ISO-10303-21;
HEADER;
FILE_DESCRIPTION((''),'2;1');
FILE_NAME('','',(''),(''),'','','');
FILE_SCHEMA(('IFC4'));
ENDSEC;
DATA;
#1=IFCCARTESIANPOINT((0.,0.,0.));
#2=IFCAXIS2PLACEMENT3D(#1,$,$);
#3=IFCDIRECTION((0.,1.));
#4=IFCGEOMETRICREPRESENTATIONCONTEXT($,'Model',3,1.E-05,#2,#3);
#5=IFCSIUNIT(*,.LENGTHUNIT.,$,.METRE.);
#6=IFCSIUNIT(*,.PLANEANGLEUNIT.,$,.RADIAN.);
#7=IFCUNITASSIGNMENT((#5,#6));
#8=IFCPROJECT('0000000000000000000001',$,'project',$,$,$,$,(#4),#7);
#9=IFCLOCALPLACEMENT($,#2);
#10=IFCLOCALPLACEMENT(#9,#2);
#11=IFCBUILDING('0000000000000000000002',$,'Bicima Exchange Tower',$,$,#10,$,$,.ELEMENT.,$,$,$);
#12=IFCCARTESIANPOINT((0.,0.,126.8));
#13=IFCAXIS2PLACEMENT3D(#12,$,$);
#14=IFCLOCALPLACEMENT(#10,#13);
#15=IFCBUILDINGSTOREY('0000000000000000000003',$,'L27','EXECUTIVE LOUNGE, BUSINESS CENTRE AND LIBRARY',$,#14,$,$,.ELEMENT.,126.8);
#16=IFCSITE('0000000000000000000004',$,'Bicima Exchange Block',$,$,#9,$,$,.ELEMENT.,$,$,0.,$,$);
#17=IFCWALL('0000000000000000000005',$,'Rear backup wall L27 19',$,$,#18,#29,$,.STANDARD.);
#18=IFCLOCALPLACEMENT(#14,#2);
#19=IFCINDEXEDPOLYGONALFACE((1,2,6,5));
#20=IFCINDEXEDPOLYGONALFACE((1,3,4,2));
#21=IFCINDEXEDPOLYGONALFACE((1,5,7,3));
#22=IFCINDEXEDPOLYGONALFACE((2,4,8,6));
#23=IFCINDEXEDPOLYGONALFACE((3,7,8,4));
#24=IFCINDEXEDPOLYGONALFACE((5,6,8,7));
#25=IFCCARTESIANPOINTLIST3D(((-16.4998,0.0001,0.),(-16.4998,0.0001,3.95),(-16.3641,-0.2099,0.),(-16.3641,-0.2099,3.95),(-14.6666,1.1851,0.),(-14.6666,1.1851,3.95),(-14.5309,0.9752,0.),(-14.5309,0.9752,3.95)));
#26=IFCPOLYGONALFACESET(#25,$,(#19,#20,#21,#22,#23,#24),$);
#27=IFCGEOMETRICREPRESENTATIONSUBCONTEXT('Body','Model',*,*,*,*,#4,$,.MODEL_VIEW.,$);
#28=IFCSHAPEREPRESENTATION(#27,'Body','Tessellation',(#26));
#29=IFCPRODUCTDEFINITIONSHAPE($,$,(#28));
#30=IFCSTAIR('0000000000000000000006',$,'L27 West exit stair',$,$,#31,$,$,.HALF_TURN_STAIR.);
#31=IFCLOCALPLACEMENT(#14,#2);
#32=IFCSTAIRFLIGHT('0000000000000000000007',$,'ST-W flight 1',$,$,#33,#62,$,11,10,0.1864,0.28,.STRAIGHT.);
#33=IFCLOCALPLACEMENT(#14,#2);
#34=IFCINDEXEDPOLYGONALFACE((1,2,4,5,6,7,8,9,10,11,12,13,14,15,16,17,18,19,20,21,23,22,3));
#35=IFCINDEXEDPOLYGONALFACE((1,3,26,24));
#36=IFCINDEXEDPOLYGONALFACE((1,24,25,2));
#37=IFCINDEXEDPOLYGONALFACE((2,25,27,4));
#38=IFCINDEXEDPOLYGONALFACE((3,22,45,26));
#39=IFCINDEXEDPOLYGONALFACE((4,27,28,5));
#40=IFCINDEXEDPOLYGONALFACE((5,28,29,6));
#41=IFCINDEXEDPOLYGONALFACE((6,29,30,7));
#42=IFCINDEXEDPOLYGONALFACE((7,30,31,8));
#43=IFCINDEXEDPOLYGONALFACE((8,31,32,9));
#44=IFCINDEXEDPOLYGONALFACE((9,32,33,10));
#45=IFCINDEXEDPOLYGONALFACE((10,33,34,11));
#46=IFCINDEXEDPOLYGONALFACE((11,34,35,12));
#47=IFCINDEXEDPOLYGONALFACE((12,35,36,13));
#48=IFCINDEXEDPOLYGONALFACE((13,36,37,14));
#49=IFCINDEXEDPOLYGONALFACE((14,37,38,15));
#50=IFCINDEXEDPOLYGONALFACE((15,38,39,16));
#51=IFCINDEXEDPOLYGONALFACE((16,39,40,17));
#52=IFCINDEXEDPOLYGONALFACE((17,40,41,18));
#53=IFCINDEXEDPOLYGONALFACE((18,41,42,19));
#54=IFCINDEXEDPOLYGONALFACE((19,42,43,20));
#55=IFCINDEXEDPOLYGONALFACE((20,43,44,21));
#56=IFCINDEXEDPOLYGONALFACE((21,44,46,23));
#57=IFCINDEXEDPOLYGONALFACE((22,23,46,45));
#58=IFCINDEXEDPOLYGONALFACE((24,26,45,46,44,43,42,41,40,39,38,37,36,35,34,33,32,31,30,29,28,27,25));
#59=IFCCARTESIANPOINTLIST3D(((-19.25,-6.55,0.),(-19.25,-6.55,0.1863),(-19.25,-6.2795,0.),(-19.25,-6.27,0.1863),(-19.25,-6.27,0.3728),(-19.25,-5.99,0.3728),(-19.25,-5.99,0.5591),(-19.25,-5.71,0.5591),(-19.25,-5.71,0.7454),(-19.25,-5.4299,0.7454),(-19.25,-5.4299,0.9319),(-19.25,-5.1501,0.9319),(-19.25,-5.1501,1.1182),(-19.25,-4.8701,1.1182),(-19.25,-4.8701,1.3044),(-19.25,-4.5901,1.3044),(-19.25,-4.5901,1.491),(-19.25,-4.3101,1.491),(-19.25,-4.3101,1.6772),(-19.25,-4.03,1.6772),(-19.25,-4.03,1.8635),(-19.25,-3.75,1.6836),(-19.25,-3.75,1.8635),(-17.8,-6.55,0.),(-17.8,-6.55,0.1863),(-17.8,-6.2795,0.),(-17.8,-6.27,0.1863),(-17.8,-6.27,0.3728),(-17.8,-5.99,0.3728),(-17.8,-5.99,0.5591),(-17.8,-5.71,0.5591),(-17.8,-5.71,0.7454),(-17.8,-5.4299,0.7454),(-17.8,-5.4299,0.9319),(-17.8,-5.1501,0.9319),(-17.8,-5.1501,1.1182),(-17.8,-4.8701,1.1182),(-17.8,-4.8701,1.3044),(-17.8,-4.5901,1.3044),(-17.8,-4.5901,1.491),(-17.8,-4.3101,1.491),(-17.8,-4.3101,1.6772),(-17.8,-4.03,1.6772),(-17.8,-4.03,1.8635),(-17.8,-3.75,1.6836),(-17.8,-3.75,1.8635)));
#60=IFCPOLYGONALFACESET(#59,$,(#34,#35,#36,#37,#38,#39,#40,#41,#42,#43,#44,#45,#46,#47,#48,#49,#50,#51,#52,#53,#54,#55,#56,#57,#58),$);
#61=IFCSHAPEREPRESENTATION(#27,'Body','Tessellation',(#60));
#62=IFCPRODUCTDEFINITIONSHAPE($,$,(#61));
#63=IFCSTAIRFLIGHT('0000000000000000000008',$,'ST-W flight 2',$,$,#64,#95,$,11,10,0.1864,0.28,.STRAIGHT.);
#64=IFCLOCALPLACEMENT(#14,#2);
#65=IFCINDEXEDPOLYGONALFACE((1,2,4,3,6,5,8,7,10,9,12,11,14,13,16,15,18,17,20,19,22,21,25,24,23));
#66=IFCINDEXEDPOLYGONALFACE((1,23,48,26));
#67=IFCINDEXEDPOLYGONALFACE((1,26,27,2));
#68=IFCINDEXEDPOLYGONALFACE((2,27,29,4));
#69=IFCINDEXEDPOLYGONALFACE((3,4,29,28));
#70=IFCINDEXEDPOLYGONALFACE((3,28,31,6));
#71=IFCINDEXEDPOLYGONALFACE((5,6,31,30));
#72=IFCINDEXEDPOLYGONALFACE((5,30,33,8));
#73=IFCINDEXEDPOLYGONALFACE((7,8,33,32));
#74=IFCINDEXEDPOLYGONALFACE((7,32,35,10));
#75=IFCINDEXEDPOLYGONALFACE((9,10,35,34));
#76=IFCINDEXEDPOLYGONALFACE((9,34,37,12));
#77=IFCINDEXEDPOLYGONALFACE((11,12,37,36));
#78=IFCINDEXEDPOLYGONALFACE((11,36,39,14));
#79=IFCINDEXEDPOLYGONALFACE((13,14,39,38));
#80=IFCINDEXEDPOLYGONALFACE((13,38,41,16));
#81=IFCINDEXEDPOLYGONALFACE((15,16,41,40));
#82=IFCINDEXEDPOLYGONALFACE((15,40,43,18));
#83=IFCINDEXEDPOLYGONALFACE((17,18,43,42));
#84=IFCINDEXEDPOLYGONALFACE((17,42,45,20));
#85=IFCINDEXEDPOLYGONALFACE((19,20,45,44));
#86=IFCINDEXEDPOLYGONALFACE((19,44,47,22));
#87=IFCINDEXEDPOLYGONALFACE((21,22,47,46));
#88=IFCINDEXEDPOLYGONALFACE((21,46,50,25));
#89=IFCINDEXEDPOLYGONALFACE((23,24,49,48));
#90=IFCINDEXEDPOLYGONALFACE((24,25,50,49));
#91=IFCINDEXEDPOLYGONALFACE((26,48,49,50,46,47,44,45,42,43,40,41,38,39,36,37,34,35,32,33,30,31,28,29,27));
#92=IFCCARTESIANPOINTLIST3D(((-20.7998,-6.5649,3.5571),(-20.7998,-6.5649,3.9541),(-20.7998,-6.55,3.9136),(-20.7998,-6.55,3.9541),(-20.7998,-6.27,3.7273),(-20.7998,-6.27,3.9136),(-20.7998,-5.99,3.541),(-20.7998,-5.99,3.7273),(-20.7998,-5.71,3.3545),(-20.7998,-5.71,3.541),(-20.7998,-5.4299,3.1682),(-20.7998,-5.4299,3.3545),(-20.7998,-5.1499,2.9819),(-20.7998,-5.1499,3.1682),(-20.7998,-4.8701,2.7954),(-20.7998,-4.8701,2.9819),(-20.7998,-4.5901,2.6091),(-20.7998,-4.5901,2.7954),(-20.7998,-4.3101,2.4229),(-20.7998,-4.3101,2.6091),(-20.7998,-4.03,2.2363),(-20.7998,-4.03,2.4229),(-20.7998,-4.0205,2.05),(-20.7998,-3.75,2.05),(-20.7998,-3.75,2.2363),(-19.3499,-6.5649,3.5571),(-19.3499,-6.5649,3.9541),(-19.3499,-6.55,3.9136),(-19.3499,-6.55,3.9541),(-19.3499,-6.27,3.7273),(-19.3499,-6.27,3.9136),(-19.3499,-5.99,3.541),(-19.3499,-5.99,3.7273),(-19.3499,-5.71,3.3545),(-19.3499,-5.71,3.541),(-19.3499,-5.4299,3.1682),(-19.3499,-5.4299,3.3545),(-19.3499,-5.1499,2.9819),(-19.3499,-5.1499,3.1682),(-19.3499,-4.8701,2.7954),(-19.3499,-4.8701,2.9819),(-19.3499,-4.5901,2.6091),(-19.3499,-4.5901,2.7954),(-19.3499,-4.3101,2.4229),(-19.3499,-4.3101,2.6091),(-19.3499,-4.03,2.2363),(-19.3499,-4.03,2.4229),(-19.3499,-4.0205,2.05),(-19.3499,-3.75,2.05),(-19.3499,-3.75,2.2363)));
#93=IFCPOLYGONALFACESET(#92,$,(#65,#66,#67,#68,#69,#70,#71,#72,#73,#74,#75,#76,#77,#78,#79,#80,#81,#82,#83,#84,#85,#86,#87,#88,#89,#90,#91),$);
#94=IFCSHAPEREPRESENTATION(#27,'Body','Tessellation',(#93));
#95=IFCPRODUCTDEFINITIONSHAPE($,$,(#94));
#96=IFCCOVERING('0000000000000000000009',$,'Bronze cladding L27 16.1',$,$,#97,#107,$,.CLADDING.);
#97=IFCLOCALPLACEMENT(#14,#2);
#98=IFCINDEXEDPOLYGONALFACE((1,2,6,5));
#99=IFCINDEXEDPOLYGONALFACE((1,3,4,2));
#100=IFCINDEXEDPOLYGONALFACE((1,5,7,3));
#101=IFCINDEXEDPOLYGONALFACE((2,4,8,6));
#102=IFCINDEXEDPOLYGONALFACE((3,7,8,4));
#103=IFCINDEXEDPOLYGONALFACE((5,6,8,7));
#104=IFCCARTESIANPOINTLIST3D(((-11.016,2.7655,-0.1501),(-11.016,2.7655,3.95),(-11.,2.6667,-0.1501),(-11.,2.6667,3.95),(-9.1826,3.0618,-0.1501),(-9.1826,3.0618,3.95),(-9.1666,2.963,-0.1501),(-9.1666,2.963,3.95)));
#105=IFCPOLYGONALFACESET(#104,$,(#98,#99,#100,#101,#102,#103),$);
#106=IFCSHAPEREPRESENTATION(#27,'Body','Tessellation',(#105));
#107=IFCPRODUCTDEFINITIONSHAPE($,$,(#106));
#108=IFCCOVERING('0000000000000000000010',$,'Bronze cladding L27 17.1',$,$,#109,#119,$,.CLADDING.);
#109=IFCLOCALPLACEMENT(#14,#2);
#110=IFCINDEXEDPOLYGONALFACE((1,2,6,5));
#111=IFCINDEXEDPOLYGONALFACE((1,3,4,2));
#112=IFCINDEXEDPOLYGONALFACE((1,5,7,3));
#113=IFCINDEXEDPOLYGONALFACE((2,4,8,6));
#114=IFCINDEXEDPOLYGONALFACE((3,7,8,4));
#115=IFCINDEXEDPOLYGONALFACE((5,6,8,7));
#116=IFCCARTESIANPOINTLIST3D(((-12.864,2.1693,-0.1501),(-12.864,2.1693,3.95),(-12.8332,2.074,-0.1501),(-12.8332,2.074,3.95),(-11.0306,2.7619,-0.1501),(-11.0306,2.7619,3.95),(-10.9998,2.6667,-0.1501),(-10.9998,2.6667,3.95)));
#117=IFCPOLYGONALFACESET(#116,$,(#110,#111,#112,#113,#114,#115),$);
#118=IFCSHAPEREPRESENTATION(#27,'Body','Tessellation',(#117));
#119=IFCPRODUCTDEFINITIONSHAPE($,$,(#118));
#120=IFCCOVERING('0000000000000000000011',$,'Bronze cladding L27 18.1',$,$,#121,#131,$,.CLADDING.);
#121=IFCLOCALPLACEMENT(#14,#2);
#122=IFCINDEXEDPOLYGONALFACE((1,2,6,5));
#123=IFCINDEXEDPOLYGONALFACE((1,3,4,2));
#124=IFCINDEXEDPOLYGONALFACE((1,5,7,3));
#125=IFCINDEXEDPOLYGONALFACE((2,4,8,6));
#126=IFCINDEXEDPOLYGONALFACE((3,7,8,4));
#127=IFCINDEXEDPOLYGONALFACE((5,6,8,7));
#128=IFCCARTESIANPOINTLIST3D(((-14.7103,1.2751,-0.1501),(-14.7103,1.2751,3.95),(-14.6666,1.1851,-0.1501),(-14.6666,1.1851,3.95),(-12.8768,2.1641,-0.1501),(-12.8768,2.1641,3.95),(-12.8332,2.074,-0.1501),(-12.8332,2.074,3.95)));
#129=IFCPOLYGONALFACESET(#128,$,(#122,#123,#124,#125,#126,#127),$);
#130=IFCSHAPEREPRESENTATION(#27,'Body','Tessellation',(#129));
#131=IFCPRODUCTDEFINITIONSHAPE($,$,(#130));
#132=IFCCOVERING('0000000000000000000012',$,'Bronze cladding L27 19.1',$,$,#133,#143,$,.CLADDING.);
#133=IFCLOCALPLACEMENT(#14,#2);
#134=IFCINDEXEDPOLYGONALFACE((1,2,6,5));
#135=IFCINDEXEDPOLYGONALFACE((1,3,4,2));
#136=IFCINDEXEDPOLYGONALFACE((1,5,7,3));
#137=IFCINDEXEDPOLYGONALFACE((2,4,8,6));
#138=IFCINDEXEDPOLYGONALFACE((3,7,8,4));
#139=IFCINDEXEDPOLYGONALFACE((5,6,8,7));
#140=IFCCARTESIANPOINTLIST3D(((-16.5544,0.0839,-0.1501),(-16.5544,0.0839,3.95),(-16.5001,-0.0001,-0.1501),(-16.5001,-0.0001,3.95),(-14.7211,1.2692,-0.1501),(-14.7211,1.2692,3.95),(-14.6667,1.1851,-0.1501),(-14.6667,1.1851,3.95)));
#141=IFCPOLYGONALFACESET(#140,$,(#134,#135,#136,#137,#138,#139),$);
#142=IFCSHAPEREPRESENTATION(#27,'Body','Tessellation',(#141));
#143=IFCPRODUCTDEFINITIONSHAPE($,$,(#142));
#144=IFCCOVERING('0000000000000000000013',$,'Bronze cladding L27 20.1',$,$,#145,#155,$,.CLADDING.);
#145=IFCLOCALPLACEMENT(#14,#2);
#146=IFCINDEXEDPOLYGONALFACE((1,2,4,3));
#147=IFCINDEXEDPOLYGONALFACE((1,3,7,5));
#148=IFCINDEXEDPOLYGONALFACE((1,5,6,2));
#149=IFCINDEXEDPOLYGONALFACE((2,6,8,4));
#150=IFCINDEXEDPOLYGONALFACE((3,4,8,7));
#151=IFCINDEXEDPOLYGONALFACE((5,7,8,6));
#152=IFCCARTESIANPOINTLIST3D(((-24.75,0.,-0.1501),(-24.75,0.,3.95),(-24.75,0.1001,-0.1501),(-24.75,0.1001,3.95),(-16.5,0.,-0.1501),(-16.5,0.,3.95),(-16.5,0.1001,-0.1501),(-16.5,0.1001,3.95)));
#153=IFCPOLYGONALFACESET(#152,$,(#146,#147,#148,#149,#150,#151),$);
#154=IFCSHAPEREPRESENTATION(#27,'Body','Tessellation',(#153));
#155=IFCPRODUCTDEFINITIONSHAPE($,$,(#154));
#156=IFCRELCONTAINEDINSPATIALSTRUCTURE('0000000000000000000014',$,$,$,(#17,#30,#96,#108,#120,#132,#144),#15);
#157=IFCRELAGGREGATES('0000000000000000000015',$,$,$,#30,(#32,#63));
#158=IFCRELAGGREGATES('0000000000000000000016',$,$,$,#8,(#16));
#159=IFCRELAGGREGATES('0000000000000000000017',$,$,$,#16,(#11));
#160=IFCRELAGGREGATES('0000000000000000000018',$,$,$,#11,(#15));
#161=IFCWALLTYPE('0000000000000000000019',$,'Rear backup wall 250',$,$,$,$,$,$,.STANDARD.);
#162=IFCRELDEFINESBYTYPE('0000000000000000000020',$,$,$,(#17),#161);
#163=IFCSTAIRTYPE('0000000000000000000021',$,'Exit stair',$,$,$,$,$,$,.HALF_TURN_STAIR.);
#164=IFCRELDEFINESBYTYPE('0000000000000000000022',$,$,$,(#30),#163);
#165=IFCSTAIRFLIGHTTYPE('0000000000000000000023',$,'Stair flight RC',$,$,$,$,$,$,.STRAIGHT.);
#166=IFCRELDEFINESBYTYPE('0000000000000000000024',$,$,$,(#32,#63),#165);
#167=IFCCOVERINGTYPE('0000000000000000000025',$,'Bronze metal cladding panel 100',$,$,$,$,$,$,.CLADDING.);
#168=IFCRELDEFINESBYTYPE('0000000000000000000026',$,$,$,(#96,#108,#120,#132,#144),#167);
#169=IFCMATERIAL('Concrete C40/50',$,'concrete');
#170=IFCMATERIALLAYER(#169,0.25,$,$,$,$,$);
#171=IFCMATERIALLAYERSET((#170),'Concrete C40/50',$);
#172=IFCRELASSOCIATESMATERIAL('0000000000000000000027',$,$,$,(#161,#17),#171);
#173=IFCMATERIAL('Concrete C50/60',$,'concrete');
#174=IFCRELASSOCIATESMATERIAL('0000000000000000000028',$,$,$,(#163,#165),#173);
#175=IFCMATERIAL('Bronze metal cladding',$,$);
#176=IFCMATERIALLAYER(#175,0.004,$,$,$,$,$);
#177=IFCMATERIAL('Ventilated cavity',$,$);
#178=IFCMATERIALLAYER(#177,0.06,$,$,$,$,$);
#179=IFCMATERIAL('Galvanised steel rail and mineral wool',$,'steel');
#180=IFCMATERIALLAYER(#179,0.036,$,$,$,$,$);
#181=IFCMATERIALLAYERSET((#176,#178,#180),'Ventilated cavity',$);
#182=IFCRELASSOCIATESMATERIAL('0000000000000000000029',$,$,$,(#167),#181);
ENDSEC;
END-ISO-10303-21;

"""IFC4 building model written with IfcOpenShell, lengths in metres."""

from ifc_helpers import new_model, si_unit, direction, frame, frame_2d, origin, origin_2d, place, context, subcontext, project, spatial, polyline, rectangle, outline, extrude, material, layer, layer_set, layer_usage, type_object, element, aggregate, save


model = new_model("IFC4")

# Units and contexts
model_context = context("Model", 3, precision=1e-05, world=origin(), true_north=direction((0.0, 1.0)))
body_context = subcontext(model_context, "Body", "Model", "MODEL_VIEW")
ifc_project = project(units=[si_unit("LENGTHUNIT", "METRE"), si_unit("PLANEANGLEUNIT", "RADIAN")], contexts=[model_context])

# Site, building, storey
site_placement = place(None, origin())
site = spatial("IfcSite", under=ifc_project, at=site_placement, Name="Bicima Exchange Block", CompositionType="ELEMENT", RefElevation=0.0)
building_placement = place(site_placement, origin())
building = spatial("IfcBuilding", under=site, at=building_placement, Name="Bicima Exchange Tower", CompositionType="ELEMENT")
storey_placement = place(building_placement, frame((0.0, 0.0, 126.8)))
storey = spatial("IfcBuildingStorey", under=building, at=storey_placement, Name="L27", Description="EXECUTIVE LOUNGE, BUSINESS CENTRE AND LIBRARY", CompositionType="ELEMENT", Elevation=126.8)

# Shared definitions
ifc_material_1 = material(Name="Concrete C50/60", Category="concrete")

# Wall
ifc_material_2 = material(Name="Concrete C40/50", Category="concrete")
ifc_layer_1 = layer(ifc_material_2, 0.25)
ifc_layer_set_1 = layer_set([ifc_layer_1], Name="Concrete C40/50")
ifc_layer_usage = layer_usage(ifc_layer_set_1, "AXIS2", "POSITIVE", -0.125)
wall_type_1 = type_object("IfcWallType", Name="Rear backup wall 250", PredefinedType="STANDARD", material=ifc_layer_set_1)
wall_1_placement = place(storey_placement, frame((-14.5989, 1.0801, 0.0), z_axis=(0.0, 0.0, 1.0), x_axis=(-0.839813, -0.542876, 0.0)))
element("IfcWall", 1, at=wall_1_placement, inside=storey, type_object=wall_type_1, material=ifc_layer_usage, Name="Rear backup wall L27 19", PredefinedType="STANDARD", context=body_context, shape_type="SweptSolid", body=[
    extrude(rectangle(XDim=2.1829, YDim=0.25, at=frame_2d((1.0913, 0.0))), origin(), (0.0, 0.0, 1.0), 3.95),
])

# Stair, stair flights
stair_type = type_object("IfcStairType", Name="Exit stair", PredefinedType="HALF_TURN_STAIR", material=ifc_material_1)
stair_placement = place(storey_placement, origin())
stair = element("IfcStair", 2, at=stair_placement, inside=storey, type_object=stair_type, Name="L27 West exit stair", PredefinedType="HALF_TURN_STAIR")
stair_flight_type = type_object("IfcStairFlightType", Name="Stair flight RC", PredefinedType="STRAIGHT", material=ifc_material_1)
stair_flight_1_placement = place(storey_placement, frame((-18.5249, -6.55, 0.0), z_axis=(0.0, 0.0, 1.0), x_axis=(0.0, 1.0, 0.0)))
stair_flight_1 = element("IfcStairFlight", 3, at=stair_flight_1_placement, type_object=stair_flight_type, Name="ST-W flight 1", NumberOfRisers=11, NumberOfTreads=10, PredefinedType="STRAIGHT", RiserHeight=0.1864, TreadLength=0.28, context=body_context, shape_type="SweptSolid", body=[
    extrude(outline(polyline([(0.0, 0.0), (0.0, 0.1863), (0.28, 0.1863), (0.28, 0.3728), (0.5601, 0.3728), (0.5601, 0.5591), (0.8401, 0.5591), (0.8401, 0.7454), (1.1201, 0.7454), (1.1201, 0.9319), (1.3999, 0.9319), (1.3999, 1.1182), (1.6799, 1.1182), (1.6799, 1.3044), (1.96, 1.3044), (1.96, 1.491), (2.24, 1.491), (2.24, 1.6772), (2.52, 1.6772), (2.52, 1.8635), (2.8, 1.8635), (2.8, 2.05), (2.8, 1.6836), (0.2705, 0.0), (0.0, 0.0)])), frame((0.0, 0.7251, 0.0), z_axis=(0.0, -1.0, 0.0), x_axis=(1.0, 0.0, 0.0)), (0.0, 0.0, 1.0), 1.45),
])
stair_flight_2_placement = place(storey_placement, frame((-20.075, -3.75, 2.05), z_axis=(0.0, 0.0, 1.0), x_axis=(0.0, -1.0, 0.0)))
stair_flight_2 = element("IfcStairFlight", 4, at=stair_flight_2_placement, type_object=stair_flight_type, Name="ST-W flight 2", NumberOfRisers=11, NumberOfTreads=10, PredefinedType="STRAIGHT", RiserHeight=0.1864, TreadLength=0.28, context=body_context, shape_type="SweptSolid", body=[
    extrude(outline(polyline([(0.0, 0.0), (0.0, 0.1863), (0.28, 0.1863), (0.28, 0.3728), (0.5601, 0.3728), (0.5601, 0.5591), (0.8401, 0.5591), (0.8401, 0.7454), (1.1201, 0.7454), (1.1201, 0.9319), (1.3999, 0.9319), (1.3999, 1.1182), (1.6799, 1.1182), (1.6799, 1.3044), (1.96, 1.3044), (1.96, 1.491), (2.24, 1.491), (2.24, 1.6772), (2.52, 1.6772), (2.52, 1.8635), (2.8, 1.8635), (2.8, 1.9041), (2.8149, 1.9041), (2.8149, 1.5071), (0.2705, 0.0), (0.0, 0.0)])), frame((0.0, 0.7251, 0.0), z_axis=(0.0, -1.0, 0.0), x_axis=(1.0, 0.0, 0.0)), (0.0, 0.0, 1.0), 1.45),
])
aggregate(stair, [stair_flight_1, stair_flight_2])

# Coverings
ifc_material_3 = material(Name="Bronze metal cladding")
ifc_layer_2 = layer(ifc_material_3, 0.004)
ifc_material_4 = material(Name="Ventilated cavity")
ifc_layer_3 = layer(ifc_material_4, 0.06)
ifc_material_5 = material(Name="Galvanised steel rail and mineral wool", Category="steel")
ifc_layer_4 = layer(ifc_material_5, 0.036)
ifc_layer_set_2 = layer_set([ifc_layer_2, ifc_layer_3, ifc_layer_4], Name="Ventilated cavity")
covering_type = type_object("IfcCoveringType", Name="Bronze metal cladding panel 100", PredefinedType="CLADDING", material=ifc_layer_set_2)
covering_1_placement = place(storey_placement, frame((-10.0913, 2.8643, -0.1501), z_axis=(0.0, 0.0, 1.0), x_axis=(-0.98719, -0.15955, 0.0)))
element("IfcCovering", 5, at=covering_1_placement, inside=storey, type_object=covering_type, Name="Bronze cladding L27 16.1", PredefinedType="CLADDING", context=body_context, shape_type="SweptSolid", body=[
    extrude(rectangle(XDim=1.8572, YDim=0.1001, at=origin_2d()), origin(), (0.0, 0.0, 1.0), 4.1001),
])
covering_2_placement = place(storey_placement, frame((-11.9319, 2.418, -0.1501), z_axis=(0.0, 0.0, 1.0), x_axis=(-0.951525, -0.307573, 0.0)))
element("IfcCovering", 6, at=covering_2_placement, inside=storey, type_object=covering_type, Name="Bronze cladding L27 17.1", PredefinedType="CLADDING", context=body_context, shape_type="SweptSolid", body=[
    extrude(rectangle(XDim=1.9268, YDim=0.1001, at=origin_2d()), origin(), (0.0, 0.0, 1.0), 4.1001),
])
covering_3_placement = place(storey_placement, frame((-13.7717, 1.6746, -0.1501), z_axis=(0.0, 0.0, 1.0), x_axis=(-0.899818, -0.436265, 0.0)))
element("IfcCovering", 7, at=covering_3_placement, inside=storey, type_object=covering_type, Name="Bronze cladding L27 18.1", PredefinedType="CLADDING", context=body_context, shape_type="SweptSolid", body=[
    extrude(rectangle(XDim=2.0376, YDim=0.1001, at=origin_2d()), origin(), (0.0, 0.0, 1.0), 4.1001),
])
covering_4_placement = place(storey_placement, frame((-15.6106, 0.6345, -0.1501), z_axis=(0.0, 0.0, 1.0), x_axis=(-0.83979, -0.542911, 0.0)))
element("IfcCovering", 8, at=covering_4_placement, inside=storey, type_object=covering_type, Name="Bronze cladding L27 19.1", PredefinedType="CLADDING", context=body_context, shape_type="SweptSolid", body=[
    extrude(rectangle(XDim=2.1831, YDim=0.1001, at=origin_2d()), origin(), (0.0, 0.0, 1.0), 4.1001),
])
covering_5_placement = place(storey_placement, frame((-20.625, 0.05, -0.1501), z_axis=(0.0, 0.0, 1.0), x_axis=(-1.0, 0.0, 0.0)))
element("IfcCovering", 9, at=covering_5_placement, inside=storey, type_object=covering_type, Name="Bronze cladding L27 20.1", PredefinedType="CLADDING", context=body_context, shape_type="SweptSolid", body=[
    extrude(rectangle(XDim=8.25, YDim=0.1001, at=origin_2d()), origin(), (0.0, 0.0, 1.0), 4.1001),
])

save(model, "model.ifc")
